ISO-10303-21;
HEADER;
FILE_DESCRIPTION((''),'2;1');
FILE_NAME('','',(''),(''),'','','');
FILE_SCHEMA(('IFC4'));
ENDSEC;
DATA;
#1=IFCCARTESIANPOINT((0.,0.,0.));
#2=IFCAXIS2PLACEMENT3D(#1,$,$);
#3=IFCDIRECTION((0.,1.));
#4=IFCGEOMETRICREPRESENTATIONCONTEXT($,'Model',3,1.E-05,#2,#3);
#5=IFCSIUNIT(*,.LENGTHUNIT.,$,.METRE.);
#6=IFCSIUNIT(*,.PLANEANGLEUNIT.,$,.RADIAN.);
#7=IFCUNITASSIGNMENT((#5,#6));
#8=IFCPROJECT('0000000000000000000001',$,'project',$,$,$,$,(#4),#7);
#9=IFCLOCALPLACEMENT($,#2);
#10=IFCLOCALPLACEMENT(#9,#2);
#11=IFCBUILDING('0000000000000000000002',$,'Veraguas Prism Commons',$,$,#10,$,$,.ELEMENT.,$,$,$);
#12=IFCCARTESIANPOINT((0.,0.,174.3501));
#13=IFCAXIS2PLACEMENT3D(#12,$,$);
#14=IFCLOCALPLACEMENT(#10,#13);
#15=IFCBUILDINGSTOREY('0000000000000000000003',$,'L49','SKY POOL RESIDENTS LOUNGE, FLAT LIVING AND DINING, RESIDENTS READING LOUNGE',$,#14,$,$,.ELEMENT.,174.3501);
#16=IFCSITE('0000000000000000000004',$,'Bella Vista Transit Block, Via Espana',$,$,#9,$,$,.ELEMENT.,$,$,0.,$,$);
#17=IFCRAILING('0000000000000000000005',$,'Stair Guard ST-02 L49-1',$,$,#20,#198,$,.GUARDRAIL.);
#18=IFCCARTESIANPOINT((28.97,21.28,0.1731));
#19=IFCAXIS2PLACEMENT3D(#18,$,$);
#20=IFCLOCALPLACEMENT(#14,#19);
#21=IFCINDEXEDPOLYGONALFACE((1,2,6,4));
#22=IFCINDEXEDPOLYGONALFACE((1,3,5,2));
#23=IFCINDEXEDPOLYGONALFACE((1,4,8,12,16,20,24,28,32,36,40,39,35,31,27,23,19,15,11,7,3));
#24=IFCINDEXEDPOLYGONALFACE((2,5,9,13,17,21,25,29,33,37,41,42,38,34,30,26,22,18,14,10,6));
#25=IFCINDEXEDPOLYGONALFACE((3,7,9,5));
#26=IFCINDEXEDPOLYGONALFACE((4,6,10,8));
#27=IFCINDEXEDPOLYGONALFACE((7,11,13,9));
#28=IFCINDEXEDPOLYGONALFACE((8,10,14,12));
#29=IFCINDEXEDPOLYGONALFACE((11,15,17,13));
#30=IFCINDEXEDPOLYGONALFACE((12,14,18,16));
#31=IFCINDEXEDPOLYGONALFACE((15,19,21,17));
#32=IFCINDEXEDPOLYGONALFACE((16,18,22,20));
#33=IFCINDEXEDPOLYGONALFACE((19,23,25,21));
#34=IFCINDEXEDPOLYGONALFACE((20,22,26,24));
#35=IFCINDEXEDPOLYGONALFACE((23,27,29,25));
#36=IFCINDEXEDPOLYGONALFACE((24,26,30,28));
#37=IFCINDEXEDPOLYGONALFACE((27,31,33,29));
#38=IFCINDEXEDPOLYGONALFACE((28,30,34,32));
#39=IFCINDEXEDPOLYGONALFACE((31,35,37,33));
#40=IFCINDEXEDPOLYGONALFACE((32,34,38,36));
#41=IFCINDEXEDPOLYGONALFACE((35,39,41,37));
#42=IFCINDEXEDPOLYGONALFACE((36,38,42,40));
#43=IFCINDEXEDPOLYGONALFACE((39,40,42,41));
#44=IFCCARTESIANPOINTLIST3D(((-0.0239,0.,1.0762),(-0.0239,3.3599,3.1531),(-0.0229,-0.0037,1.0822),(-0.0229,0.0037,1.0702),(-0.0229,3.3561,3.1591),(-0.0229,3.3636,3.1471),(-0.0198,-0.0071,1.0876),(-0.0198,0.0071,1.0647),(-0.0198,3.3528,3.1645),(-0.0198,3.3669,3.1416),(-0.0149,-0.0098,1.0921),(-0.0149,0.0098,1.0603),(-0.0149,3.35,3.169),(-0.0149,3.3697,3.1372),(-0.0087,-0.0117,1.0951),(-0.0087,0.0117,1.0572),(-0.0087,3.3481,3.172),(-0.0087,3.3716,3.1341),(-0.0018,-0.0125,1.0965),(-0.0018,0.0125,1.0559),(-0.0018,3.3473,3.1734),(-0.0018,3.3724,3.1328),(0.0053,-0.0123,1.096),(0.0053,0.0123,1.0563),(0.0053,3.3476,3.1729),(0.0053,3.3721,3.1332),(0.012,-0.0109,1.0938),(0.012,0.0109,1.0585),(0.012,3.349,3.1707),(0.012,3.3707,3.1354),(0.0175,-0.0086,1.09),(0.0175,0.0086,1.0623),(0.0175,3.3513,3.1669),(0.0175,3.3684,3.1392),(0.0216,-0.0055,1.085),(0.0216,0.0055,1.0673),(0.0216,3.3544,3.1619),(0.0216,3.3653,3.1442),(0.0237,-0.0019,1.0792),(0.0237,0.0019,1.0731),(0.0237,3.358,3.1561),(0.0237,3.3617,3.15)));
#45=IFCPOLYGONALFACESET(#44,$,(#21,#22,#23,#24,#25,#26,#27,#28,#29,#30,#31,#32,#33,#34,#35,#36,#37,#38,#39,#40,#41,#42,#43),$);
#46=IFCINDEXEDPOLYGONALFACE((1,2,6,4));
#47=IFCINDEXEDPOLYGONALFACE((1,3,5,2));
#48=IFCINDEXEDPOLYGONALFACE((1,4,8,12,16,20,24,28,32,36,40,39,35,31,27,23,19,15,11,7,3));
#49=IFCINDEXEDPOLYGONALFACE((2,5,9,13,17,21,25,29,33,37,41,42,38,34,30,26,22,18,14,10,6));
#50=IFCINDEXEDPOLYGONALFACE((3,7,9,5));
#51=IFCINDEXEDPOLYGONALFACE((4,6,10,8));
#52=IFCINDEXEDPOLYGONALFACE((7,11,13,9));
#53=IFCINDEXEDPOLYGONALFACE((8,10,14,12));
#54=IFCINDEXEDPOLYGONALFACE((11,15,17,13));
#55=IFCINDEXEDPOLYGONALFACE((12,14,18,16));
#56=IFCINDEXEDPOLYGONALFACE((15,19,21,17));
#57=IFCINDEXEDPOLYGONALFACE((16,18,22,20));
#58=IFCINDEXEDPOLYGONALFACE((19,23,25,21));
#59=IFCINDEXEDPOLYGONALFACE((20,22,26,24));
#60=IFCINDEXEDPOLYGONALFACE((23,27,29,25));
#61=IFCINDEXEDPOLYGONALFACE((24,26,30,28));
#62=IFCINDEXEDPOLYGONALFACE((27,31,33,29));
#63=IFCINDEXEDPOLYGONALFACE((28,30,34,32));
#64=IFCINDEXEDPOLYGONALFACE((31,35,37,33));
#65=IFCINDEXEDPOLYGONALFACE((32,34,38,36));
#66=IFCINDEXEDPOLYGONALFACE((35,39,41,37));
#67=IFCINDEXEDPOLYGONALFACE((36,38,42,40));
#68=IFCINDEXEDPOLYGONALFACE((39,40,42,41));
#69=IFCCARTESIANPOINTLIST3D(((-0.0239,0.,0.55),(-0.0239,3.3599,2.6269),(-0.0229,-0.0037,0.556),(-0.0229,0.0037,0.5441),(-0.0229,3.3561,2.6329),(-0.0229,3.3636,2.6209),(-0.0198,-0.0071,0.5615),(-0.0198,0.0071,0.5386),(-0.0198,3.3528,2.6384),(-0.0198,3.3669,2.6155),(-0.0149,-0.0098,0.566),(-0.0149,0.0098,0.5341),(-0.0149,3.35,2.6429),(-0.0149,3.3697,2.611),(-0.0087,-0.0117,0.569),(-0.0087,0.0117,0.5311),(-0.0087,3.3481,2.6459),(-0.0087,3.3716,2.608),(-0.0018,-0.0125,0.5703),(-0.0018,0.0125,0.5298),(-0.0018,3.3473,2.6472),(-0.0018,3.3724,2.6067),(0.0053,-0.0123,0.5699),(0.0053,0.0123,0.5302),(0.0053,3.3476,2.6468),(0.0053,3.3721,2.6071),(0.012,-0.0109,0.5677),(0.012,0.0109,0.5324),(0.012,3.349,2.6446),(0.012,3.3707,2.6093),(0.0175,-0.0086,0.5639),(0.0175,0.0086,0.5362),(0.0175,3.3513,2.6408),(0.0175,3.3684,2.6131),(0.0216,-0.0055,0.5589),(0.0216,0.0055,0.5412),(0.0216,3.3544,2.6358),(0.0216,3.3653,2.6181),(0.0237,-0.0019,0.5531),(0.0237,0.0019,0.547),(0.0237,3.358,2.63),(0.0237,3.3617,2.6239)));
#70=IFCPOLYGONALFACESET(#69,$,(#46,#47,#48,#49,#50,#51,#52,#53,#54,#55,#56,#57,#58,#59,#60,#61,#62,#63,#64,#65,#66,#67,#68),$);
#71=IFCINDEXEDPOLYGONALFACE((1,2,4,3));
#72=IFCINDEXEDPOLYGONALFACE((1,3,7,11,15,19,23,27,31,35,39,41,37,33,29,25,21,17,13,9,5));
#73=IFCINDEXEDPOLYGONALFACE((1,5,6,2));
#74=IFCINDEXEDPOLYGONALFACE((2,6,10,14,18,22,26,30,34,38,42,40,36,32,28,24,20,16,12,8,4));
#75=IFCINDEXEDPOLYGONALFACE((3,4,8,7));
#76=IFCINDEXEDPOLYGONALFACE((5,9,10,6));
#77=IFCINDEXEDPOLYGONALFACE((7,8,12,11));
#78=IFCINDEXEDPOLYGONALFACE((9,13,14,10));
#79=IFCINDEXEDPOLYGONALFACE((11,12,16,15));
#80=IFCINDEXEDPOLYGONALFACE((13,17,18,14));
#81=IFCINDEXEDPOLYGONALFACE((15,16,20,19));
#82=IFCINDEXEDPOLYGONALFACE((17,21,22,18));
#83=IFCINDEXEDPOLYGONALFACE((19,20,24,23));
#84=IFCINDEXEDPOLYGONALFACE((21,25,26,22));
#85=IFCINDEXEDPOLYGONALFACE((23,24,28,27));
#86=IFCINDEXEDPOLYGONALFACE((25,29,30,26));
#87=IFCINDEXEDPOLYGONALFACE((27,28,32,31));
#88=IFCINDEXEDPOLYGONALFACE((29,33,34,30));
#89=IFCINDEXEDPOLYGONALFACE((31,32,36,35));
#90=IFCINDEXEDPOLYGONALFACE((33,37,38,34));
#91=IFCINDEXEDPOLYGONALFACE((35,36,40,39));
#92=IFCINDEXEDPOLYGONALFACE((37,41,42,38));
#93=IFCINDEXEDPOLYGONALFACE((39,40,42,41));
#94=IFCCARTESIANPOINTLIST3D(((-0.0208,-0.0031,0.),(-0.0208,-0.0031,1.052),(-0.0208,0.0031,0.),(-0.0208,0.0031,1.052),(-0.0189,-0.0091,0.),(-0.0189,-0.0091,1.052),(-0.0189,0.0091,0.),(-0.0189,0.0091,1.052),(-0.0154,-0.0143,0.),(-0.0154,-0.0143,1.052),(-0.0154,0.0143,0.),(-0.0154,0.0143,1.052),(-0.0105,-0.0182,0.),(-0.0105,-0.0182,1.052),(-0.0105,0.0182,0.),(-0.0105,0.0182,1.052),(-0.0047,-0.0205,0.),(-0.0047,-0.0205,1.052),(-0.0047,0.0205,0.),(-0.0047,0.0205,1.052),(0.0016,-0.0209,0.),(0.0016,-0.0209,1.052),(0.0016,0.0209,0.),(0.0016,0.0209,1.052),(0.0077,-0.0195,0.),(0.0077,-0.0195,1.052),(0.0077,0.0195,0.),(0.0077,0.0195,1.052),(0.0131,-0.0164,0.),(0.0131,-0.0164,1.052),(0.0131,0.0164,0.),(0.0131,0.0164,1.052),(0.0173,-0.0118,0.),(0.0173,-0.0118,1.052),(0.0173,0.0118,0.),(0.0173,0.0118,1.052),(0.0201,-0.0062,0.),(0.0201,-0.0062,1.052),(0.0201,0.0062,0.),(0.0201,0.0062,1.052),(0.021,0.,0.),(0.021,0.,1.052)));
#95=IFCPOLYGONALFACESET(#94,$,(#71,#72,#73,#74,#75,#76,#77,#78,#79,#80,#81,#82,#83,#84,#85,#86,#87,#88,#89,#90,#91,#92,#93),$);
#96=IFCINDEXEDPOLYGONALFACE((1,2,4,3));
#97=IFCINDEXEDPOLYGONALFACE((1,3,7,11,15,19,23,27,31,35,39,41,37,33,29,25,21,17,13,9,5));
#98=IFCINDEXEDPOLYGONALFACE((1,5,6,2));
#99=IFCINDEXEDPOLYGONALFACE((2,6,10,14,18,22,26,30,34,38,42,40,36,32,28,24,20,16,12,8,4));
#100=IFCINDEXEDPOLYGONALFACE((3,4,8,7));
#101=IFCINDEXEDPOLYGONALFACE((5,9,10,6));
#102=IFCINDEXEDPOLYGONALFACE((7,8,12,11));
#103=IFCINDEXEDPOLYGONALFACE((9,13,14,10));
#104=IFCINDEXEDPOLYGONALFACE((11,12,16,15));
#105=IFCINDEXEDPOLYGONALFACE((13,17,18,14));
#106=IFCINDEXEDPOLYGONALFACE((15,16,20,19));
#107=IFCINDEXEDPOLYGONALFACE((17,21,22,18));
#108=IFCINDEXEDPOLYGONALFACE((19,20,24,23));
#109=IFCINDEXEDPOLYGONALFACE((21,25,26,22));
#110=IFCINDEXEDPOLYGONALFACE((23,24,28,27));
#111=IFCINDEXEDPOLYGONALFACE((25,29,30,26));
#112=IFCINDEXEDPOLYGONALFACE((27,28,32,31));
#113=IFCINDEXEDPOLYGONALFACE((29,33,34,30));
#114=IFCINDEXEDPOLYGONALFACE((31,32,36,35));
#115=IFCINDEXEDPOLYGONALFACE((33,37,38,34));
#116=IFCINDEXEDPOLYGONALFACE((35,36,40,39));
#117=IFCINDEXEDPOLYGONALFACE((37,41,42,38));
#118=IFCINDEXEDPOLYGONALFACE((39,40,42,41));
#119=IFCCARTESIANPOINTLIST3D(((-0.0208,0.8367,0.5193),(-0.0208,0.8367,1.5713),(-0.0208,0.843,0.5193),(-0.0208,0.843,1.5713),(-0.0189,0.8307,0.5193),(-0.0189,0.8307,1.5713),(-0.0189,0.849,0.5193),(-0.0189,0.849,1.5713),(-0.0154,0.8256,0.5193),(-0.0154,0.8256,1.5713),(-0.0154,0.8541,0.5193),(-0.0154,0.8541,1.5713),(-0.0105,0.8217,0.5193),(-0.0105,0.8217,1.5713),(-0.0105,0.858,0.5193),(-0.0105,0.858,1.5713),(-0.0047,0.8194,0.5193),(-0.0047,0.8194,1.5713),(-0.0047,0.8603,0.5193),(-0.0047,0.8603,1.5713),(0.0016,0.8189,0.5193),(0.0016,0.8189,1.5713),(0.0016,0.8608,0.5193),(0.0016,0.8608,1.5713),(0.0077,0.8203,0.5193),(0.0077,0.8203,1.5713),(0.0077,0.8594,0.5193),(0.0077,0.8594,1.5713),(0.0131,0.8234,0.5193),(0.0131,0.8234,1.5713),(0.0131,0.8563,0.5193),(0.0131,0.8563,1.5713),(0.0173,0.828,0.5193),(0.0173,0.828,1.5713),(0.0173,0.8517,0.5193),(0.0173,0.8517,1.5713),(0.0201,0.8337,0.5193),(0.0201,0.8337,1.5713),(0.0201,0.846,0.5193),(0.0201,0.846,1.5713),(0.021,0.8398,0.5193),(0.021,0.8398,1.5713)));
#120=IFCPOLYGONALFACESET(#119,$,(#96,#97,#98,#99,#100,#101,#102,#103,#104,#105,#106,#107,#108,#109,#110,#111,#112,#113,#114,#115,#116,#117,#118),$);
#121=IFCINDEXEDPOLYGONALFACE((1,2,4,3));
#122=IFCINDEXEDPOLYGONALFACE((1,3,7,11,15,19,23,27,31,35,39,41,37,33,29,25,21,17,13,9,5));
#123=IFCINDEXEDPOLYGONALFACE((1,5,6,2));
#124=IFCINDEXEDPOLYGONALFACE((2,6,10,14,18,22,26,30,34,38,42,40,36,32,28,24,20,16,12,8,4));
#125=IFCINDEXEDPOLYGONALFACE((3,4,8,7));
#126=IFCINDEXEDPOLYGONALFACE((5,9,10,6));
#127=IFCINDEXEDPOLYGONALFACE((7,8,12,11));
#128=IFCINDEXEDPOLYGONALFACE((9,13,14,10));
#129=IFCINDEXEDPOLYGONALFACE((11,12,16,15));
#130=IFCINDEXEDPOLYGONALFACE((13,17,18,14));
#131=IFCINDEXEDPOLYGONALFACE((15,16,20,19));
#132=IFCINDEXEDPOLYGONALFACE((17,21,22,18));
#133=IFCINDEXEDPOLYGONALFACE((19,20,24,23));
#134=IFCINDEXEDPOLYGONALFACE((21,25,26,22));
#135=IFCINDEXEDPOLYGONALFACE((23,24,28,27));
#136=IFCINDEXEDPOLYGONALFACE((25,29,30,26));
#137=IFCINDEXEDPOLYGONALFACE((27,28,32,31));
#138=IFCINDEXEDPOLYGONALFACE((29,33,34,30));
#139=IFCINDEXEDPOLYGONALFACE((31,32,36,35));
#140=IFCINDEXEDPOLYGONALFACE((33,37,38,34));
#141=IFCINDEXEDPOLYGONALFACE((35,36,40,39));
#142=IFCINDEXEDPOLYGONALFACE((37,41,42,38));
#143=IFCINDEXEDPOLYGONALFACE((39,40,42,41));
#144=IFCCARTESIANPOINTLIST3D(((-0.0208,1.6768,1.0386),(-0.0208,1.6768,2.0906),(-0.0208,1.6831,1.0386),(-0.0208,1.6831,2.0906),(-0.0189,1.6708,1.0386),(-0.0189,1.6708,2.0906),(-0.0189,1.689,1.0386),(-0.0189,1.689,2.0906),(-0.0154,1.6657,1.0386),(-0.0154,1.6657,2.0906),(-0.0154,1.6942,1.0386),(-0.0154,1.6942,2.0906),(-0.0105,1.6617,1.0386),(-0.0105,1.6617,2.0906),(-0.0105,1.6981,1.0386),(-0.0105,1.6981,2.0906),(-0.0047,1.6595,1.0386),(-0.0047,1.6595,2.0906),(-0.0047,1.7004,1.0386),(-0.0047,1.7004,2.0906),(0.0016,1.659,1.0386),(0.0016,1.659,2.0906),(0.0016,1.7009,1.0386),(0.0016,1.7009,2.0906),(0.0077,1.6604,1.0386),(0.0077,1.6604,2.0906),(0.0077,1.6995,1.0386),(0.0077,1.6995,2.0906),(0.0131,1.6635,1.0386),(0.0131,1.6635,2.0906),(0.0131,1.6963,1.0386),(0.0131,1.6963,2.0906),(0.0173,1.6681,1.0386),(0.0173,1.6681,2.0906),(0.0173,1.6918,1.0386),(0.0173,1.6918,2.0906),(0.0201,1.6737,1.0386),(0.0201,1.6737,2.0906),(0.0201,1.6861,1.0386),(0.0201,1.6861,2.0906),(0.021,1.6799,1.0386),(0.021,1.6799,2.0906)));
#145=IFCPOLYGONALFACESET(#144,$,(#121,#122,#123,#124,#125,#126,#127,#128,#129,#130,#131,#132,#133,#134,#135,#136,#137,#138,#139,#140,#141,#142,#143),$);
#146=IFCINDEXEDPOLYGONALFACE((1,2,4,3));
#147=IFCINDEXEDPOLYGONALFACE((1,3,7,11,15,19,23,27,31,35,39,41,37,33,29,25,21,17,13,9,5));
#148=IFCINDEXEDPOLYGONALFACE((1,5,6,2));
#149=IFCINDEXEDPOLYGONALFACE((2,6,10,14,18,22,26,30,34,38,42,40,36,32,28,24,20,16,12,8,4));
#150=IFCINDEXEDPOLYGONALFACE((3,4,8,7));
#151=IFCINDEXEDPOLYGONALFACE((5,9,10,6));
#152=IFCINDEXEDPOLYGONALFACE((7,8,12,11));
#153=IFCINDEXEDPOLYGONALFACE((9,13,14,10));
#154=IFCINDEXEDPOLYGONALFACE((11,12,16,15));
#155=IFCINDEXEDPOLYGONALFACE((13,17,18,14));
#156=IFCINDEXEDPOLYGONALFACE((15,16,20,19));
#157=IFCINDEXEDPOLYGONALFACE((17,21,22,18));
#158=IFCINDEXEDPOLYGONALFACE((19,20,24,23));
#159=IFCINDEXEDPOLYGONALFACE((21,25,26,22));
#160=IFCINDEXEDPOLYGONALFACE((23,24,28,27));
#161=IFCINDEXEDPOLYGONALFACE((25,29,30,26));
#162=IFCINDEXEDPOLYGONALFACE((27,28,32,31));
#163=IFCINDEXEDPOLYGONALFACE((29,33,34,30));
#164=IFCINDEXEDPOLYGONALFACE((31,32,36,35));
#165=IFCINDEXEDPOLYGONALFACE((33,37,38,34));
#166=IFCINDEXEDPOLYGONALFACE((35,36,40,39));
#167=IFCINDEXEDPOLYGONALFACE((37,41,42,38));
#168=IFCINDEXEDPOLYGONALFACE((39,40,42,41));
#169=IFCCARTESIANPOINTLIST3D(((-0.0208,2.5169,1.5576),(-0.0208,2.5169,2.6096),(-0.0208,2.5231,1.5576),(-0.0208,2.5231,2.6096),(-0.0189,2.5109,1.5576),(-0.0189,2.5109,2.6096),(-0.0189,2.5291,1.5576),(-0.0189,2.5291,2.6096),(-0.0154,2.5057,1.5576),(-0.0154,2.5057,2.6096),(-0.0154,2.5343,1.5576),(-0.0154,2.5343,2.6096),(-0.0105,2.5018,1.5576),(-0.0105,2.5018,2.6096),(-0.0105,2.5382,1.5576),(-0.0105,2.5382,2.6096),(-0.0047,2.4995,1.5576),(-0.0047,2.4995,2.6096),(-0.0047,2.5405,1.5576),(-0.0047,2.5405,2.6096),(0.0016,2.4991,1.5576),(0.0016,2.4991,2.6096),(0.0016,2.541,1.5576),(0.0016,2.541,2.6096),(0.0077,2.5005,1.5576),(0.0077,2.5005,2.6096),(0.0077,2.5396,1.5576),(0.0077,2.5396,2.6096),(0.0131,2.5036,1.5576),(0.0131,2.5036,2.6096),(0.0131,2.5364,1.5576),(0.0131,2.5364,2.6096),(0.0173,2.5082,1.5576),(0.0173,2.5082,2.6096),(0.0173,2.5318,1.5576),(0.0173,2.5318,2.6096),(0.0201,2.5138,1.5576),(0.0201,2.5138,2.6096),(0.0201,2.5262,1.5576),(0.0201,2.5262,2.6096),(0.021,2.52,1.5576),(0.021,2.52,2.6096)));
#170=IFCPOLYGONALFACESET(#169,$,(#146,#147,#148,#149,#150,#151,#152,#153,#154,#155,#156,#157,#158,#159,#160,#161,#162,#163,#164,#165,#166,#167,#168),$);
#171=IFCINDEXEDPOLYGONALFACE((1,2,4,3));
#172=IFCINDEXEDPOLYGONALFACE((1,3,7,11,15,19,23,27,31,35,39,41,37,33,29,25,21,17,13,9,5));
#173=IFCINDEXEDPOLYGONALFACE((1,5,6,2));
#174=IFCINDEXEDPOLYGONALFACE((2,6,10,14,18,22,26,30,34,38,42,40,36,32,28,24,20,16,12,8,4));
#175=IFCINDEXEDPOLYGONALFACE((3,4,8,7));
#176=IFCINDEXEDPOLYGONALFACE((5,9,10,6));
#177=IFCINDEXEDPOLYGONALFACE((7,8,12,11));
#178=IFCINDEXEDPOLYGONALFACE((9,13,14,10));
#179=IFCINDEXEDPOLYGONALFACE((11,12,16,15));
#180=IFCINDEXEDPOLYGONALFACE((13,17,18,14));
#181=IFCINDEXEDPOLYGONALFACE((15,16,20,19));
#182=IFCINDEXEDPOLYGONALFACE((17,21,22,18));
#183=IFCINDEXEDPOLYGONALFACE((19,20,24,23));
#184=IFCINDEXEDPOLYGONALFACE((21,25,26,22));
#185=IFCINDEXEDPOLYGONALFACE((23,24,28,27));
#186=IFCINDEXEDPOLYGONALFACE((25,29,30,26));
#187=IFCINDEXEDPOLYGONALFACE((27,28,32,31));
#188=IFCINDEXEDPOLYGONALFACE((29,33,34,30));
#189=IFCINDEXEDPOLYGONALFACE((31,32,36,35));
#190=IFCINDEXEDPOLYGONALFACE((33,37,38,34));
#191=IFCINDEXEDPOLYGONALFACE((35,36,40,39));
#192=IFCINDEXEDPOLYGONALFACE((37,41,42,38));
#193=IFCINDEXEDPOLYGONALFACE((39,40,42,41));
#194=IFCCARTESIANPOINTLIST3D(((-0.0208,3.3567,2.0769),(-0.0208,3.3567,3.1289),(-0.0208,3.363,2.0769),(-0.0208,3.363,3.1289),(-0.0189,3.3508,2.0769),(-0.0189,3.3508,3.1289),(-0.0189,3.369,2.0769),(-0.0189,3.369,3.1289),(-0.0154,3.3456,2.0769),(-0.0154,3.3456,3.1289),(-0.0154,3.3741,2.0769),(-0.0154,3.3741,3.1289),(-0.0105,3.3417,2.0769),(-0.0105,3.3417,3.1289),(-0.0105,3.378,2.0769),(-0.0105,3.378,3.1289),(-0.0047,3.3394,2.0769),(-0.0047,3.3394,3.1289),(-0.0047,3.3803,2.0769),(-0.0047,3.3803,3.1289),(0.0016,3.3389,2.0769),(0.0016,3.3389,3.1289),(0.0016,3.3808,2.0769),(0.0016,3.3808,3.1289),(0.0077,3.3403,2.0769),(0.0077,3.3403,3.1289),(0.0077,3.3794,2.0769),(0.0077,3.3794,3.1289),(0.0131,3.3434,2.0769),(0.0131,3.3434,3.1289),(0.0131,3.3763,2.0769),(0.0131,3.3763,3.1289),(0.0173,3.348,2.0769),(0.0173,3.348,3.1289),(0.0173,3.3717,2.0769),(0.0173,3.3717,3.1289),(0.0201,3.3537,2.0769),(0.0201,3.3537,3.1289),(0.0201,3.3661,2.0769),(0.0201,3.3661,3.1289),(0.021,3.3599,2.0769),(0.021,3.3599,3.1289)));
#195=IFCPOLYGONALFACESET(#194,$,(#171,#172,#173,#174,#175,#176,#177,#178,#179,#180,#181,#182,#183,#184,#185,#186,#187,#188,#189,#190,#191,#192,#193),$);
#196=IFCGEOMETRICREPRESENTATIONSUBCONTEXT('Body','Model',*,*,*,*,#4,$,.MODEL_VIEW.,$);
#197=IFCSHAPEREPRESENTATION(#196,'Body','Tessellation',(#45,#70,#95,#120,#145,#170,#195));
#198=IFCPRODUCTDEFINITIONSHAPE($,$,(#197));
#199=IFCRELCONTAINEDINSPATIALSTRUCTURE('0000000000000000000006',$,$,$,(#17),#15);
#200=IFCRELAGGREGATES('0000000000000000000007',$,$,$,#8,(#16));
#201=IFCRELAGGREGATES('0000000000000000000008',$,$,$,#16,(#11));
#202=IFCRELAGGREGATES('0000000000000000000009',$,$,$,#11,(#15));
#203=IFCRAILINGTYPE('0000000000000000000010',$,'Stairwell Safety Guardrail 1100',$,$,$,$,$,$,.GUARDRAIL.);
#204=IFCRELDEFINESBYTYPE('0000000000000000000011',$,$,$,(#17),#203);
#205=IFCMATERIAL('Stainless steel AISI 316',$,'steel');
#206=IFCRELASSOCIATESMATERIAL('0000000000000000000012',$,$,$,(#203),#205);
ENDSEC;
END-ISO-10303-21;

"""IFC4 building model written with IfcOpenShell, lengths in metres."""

from ifc_helpers import new_model, si_unit, direction, frame, origin, origin_2d, place, context, subcontext, project, spatial, circle, extrude, material, type_object, element, save


model = new_model("IFC4")

# Units and contexts
model_context = context("Model", 3, precision=1e-05, world=origin(), true_north=direction((0.0, 1.0)))
body_context = subcontext(model_context, "Body", "Model", "MODEL_VIEW")
ifc_project = project(units=[si_unit("LENGTHUNIT", "METRE"), si_unit("PLANEANGLEUNIT", "RADIAN")], contexts=[model_context])

# Site, building, storey
site_placement = place(None, origin())
site = spatial("IfcSite", under=ifc_project, at=site_placement, Name="Bella Vista Transit Block, Via Espana", CompositionType="ELEMENT", RefElevation=0.0)
building_placement = place(site_placement, origin())
building = spatial("IfcBuilding", under=site, at=building_placement, Name="Veraguas Prism Commons", CompositionType="ELEMENT")
storey_placement = place(building_placement, frame((0.0, 0.0, 174.3501)))
storey = spatial("IfcBuildingStorey", under=building, at=storey_placement, Name="L49", Description="SKY POOL RESIDENTS LOUNGE, FLAT LIVING AND DINING, RESIDENTS READING LOUNGE", CompositionType="ELEMENT", Elevation=174.3501)

# Shared definitions
ifc_material_1 = material(Name="Stainless steel AISI 316", Category="steel")

# Railing
railing_type_1 = type_object("IfcRailingType", Name="Stairwell Safety Guardrail 1100", PredefinedType="GUARDRAIL", material=ifc_material_1)
railing_1_placement = place(storey_placement, frame((28.97, 21.28, 0.1731)))
element("IfcRailing", 1, at=railing_1_placement, inside=storey, type_object=railing_type_1, Name="Stair Guard ST-02 L49-1", PredefinedType="GUARDRAIL", context=body_context, shape_type="SweptSolid", body=[
    extrude(circle(Radius=0.0239, at=origin_2d()), frame((0.0, 0.0, 1.0762), z_axis=(0.0, 0.850606, 0.525803), x_axis=(-1.0, 0.0, 0.0)), (0.0, 0.0, 1.0), 3.95),
    extrude(circle(Radius=0.0239, at=origin_2d()), frame((0.0, 0.0, 0.55), z_axis=(0.0, 0.850606, 0.525803), x_axis=(-1.0, 0.0, 0.0)), (0.0, 0.0, 1.0), 3.95),
    extrude(circle(Radius=0.021, at=origin_2d()), origin(), (0.0, 0.0, 1.0), 1.052),
    extrude(circle(Radius=0.021, at=origin_2d()), frame((0.0, 0.8398, 0.5193)), (0.0, 0.0, 1.0), 1.052),
    extrude(circle(Radius=0.021, at=origin_2d()), frame((0.0, 1.6799, 1.0386)), (0.0, 0.0, 1.0), 1.052),
    extrude(circle(Radius=0.021, at=origin_2d()), frame((0.0, 2.52, 1.5576)), (0.0, 0.0, 1.0), 1.052),
    extrude(circle(Radius=0.021, at=origin_2d()), frame((0.0, 3.3599, 2.0769)), (0.0, 0.0, 1.0), 1.052),
])

save(model, "model.ifc")
